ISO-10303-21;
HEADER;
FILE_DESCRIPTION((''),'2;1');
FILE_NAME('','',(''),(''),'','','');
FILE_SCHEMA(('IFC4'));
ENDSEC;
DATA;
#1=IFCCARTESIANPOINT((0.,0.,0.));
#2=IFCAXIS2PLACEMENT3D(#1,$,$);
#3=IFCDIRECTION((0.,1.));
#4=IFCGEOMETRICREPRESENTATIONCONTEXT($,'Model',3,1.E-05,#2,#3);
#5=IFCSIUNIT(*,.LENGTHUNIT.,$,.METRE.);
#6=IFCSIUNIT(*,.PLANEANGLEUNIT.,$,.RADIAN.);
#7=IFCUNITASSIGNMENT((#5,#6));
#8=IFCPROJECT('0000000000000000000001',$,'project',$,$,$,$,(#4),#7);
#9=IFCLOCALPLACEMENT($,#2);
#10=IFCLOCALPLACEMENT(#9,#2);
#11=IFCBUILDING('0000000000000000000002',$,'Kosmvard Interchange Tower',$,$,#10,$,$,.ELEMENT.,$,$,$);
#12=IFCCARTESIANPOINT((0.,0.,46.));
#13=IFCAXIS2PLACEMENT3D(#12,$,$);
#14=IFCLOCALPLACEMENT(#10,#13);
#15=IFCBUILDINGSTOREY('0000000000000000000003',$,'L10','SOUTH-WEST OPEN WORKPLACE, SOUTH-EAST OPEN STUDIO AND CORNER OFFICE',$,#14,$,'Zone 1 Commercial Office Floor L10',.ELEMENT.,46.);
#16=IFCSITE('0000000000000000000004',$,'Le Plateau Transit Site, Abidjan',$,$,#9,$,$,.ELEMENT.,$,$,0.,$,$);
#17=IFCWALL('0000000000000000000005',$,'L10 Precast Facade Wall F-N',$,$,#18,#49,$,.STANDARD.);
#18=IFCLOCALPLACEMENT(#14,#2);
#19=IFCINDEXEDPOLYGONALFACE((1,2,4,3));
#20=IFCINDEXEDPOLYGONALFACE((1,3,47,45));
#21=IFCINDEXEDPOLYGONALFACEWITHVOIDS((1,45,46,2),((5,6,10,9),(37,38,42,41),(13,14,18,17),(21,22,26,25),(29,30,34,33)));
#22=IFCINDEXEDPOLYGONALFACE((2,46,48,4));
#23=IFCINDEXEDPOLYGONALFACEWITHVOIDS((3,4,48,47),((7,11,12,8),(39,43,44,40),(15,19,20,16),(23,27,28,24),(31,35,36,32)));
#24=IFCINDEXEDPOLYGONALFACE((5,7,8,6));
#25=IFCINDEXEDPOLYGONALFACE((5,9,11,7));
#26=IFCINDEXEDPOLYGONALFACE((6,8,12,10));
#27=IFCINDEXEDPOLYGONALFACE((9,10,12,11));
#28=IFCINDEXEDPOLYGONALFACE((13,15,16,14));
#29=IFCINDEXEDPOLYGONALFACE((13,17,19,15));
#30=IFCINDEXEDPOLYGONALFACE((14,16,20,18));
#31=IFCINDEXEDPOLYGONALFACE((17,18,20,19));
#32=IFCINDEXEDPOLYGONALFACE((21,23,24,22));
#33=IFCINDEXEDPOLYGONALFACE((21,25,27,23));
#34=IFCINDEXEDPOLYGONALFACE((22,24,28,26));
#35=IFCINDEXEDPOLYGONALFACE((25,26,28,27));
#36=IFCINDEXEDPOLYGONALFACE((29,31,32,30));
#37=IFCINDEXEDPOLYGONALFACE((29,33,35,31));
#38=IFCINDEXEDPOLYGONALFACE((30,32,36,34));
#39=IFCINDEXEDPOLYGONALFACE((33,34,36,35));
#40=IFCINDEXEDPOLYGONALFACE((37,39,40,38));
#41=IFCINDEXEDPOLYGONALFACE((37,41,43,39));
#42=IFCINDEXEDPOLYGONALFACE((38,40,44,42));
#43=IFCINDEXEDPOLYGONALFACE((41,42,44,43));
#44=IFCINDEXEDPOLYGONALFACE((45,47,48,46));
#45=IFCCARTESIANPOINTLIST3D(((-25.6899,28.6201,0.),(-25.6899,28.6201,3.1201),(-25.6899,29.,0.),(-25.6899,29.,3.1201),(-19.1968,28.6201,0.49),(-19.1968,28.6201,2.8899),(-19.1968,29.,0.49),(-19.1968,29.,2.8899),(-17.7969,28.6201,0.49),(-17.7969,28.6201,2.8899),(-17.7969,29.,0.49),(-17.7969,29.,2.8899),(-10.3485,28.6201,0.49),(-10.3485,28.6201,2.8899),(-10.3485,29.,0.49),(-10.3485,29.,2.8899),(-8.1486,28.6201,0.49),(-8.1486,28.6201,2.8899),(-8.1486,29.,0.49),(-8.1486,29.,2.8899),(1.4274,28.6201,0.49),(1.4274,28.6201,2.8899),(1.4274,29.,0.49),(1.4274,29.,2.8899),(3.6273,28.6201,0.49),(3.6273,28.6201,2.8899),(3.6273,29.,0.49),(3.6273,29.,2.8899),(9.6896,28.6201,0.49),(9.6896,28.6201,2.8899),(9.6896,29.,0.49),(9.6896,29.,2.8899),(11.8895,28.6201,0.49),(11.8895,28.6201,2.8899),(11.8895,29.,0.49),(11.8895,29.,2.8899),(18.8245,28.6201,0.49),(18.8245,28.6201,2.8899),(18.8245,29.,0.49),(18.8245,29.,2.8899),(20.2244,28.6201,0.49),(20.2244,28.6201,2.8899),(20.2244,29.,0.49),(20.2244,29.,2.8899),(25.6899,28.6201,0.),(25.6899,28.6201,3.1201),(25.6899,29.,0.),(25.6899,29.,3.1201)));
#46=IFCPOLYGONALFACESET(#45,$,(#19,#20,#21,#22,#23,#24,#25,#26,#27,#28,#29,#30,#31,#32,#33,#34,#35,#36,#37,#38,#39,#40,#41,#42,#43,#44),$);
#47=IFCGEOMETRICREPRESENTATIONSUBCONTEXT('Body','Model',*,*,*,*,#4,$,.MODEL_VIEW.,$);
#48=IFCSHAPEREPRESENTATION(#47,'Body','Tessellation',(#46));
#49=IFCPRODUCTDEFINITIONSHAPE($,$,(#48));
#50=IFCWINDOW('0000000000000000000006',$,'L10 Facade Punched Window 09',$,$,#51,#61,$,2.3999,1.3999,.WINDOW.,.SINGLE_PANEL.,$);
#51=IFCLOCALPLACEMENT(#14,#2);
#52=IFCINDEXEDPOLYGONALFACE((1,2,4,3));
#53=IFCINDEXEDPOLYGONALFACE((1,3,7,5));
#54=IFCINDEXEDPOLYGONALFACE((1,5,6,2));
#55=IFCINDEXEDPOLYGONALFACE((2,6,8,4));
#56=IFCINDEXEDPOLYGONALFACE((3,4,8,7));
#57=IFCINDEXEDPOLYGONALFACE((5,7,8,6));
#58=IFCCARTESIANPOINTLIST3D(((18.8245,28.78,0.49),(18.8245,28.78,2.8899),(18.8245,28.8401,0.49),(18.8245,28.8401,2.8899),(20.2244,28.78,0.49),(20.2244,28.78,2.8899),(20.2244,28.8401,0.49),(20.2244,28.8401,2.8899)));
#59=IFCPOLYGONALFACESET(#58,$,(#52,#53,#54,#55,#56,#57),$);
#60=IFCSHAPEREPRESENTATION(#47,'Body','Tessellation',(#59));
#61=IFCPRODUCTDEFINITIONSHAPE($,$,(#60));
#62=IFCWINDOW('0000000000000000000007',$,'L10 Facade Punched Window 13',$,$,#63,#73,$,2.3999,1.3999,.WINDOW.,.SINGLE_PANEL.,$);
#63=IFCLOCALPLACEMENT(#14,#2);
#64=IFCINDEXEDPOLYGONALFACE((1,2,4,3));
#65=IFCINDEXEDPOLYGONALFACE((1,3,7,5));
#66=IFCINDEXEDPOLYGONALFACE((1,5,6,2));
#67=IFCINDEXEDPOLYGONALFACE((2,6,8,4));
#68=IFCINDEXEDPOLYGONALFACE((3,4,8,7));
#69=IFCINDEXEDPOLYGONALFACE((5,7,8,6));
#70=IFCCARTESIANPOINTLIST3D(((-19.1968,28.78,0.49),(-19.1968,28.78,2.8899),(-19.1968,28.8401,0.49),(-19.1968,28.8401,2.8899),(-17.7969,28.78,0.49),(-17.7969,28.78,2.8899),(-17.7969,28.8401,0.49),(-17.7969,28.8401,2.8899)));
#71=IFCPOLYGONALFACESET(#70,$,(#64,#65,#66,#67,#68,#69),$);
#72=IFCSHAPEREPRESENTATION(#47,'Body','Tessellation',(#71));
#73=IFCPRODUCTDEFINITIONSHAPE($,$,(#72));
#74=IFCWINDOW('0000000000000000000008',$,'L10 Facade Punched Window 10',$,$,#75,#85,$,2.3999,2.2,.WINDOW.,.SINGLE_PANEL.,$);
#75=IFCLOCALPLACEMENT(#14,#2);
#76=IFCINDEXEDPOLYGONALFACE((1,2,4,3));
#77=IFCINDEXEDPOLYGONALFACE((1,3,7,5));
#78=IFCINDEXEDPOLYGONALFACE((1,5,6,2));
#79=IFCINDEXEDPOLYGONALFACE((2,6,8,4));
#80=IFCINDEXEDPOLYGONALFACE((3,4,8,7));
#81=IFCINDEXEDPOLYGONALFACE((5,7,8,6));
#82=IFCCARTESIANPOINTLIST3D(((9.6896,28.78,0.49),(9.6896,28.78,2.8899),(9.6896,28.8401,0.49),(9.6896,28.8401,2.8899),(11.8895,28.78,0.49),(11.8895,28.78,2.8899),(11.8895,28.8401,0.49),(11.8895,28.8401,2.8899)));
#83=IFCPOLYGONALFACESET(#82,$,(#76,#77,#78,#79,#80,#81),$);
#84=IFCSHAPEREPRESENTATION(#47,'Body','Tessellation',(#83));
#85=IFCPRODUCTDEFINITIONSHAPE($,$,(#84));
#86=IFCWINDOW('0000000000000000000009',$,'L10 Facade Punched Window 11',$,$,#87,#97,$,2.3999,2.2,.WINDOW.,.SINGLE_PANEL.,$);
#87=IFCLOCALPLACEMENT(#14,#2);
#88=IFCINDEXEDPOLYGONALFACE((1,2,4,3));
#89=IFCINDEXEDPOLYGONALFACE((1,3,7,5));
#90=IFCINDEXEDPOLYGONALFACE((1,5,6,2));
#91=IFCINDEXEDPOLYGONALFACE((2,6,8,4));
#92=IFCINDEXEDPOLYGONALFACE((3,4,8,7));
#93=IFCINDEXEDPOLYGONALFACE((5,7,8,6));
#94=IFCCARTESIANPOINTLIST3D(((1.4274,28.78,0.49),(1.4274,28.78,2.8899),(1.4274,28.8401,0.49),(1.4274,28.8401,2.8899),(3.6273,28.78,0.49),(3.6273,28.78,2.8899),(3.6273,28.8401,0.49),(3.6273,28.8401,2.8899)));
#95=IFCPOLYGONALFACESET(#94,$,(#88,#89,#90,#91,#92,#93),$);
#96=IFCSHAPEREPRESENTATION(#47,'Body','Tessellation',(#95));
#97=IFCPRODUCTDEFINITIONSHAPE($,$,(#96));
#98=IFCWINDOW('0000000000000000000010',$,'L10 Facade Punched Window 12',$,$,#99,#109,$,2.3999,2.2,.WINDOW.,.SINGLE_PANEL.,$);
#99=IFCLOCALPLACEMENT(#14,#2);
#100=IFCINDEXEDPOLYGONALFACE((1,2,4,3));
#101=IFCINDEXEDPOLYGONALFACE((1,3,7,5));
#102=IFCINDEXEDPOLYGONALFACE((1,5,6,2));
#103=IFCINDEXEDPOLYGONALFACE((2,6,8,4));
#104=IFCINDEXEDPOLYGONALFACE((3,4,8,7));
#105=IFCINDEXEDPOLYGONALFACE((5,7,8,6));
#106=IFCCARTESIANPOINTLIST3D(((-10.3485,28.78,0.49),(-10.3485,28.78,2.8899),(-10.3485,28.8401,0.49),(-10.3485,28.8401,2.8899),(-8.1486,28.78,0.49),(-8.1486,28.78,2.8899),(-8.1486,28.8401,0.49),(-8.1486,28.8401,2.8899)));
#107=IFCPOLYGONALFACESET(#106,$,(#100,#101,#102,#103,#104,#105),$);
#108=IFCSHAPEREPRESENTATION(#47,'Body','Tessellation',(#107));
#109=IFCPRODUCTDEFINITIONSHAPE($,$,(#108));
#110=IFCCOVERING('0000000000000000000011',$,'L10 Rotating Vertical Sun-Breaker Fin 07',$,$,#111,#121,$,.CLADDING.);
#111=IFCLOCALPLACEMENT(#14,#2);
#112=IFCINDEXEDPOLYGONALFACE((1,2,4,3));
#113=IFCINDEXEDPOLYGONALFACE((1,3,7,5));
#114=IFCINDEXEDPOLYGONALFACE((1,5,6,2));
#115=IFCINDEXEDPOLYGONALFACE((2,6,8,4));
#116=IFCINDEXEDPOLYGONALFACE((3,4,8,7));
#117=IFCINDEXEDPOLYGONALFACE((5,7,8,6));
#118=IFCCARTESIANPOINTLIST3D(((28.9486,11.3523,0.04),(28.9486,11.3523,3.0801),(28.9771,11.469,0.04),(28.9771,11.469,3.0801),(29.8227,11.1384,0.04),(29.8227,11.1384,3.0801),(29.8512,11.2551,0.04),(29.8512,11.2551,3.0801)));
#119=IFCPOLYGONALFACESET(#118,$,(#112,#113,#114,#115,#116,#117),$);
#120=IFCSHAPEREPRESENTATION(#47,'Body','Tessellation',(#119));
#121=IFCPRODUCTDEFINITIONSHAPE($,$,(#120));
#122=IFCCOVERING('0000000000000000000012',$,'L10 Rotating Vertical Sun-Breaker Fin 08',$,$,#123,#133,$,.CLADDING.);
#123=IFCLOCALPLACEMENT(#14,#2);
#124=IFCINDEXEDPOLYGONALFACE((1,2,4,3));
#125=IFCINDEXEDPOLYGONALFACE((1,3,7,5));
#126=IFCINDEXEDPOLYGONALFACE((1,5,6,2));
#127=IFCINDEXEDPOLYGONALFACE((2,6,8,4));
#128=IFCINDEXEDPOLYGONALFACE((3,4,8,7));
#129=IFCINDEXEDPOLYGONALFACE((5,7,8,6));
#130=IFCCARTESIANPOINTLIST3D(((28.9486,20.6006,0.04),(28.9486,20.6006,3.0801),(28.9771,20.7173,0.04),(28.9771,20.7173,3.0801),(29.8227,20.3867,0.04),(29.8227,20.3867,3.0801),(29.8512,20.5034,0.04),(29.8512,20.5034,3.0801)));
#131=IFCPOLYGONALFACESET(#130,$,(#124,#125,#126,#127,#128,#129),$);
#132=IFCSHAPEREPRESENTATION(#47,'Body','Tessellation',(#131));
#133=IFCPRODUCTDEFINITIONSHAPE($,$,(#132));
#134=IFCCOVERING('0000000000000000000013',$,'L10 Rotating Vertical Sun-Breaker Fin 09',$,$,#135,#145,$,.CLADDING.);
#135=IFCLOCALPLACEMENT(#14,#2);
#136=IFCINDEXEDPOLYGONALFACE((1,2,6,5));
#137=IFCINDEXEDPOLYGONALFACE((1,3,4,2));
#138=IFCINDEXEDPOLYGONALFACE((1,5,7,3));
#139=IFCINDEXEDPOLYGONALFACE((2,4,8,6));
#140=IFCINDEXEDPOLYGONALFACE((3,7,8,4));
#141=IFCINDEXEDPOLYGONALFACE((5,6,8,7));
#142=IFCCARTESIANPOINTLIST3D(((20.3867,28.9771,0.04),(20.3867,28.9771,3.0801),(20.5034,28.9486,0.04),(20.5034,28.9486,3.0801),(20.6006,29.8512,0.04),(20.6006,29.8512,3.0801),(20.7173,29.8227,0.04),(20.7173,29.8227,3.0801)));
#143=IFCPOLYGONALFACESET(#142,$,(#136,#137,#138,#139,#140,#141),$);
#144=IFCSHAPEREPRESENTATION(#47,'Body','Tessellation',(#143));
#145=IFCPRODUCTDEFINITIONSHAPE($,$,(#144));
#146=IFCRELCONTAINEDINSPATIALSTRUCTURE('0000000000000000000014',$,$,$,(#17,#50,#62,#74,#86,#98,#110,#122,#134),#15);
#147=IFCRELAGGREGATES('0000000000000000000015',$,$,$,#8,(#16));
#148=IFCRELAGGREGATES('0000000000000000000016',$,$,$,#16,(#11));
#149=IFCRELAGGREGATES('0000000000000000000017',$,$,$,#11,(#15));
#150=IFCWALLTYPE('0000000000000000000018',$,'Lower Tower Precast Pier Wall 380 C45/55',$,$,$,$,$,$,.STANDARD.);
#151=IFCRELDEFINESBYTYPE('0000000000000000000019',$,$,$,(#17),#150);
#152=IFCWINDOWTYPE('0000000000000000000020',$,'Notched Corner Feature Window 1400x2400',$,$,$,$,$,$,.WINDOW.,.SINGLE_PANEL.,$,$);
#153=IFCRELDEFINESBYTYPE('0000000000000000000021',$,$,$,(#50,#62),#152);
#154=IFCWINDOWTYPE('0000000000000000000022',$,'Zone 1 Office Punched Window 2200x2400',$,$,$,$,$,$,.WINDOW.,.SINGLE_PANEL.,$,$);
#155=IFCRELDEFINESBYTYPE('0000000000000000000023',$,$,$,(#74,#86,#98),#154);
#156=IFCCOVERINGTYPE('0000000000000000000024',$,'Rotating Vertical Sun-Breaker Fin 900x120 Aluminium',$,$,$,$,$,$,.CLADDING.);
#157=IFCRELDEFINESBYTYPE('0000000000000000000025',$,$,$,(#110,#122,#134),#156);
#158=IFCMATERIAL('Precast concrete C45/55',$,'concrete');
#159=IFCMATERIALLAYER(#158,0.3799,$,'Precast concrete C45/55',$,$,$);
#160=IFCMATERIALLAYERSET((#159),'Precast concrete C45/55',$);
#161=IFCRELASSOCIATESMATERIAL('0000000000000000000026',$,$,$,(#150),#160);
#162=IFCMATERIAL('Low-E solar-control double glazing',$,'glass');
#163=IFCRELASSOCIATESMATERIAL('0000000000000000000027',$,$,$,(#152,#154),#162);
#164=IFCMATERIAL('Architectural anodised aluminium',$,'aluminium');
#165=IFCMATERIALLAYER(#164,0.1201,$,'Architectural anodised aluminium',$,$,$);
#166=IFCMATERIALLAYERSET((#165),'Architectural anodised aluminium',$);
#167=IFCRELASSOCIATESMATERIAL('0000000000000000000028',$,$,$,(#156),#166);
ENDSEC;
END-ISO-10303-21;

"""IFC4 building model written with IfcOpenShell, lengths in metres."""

from ifc_helpers import new_model, si_unit, direction, frame, frame_2d, origin, origin_2d, place, context, subcontext, project, spatial, rectangle, extrude, source, transform, mapped, material, layer, layer_set, type_object, element, fill, save


model = new_model("IFC4")

# Units and contexts
model_context = context("Model", 3, precision=1e-05, world=origin(), true_north=direction((0.0, 1.0)))
body_context = subcontext(model_context, "Body", "Model", "MODEL_VIEW")
ifc_project = project(units=[si_unit("LENGTHUNIT", "METRE"), si_unit("PLANEANGLEUNIT", "RADIAN")], contexts=[model_context])

# Site, building, storey
site_placement = place(None, origin())
site = spatial("IfcSite", under=ifc_project, at=site_placement, Name="Le Plateau Transit Site, Abidjan", CompositionType="ELEMENT", RefElevation=0.0)
building_placement = place(site_placement, origin())
building = spatial("IfcBuilding", under=site, at=building_placement, Name="Kosmvard Interchange Tower", CompositionType="ELEMENT")
storey_placement = place(building_placement, frame((0.0, 0.0, 46.0)))
storey = spatial("IfcBuildingStorey", under=building, at=storey_placement, Name="L10", Description="SOUTH-WEST OPEN WORKPLACE, SOUTH-EAST OPEN STUDIO AND CORNER OFFICE", LongName="Zone 1 Commercial Office Floor L10", CompositionType="ELEMENT", Elevation=46.0)

# Shared definitions
ifc_material_1 = material(Name="Precast concrete C45/55", Category="concrete")

# Shared definitions
ifc_layer_1 = layer(ifc_material_1, 0.3799, Name="Precast concrete C45/55")
ifc_layer_set_1 = layer_set([ifc_layer_1], Name="Precast concrete C45/55")
wall_type = type_object("IfcWallType", Name="Lower Tower Precast Pier Wall 380 C45/55", PredefinedType="STANDARD", material=ifc_layer_set_1)

# Wall, openings, windows
wall_1_placement = place(storey_placement, frame((25.6899, 28.8101, 0.0), z_axis=(0.0, 0.0, 1.0), x_axis=(-1.0, 0.0, 0.0)))
wall_1 = element("IfcWall", 1, at=wall_1_placement, inside=storey, type_object=wall_type, Name="L10 Precast Facade Wall F-N", PredefinedType="STANDARD", context=body_context, shape_type="SweptSolid", body=[
    extrude(rectangle(XDim=51.3799, YDim=0.3799, at=frame_2d((25.6899, 0.0))), origin(), (0.0, 0.0, 1.0), 3.1201),
])
opening_1_placement = place(wall_1_placement, frame((5.4656, 0.0, 0.49)))
opening_1 = element("IfcOpeningElement", 2, at=opening_1_placement, cuts=wall_1, PredefinedType="OPENING", context=body_context, shape_type="SweptSolid", body=[
    extrude(rectangle(XDim=1.3999, YDim=2.3999, at=frame_2d((0.7, 1.2))), frame((0.0, 0.2, 0.0), z_axis=(0.0, -1.0, 0.0), x_axis=(1.0, 0.0, 0.0)), (0.0, 0.0, 1.0), 0.3999),
])
opening_2_placement = place(wall_1_placement, frame((13.8003, 0.0, 0.49)))
opening_2 = element("IfcOpeningElement", 3, at=opening_2_placement, cuts=wall_1, PredefinedType="OPENING", context=body_context, shape_type="SweptSolid", body=[
    extrude(rectangle(XDim=2.2, YDim=2.3999, at=frame_2d((1.1001, 1.2))), frame((0.0, 0.2, 0.0), z_axis=(0.0, -1.0, 0.0), x_axis=(1.0, 0.0, 0.0)), (0.0, 0.0, 1.0), 0.3999),
])
opening_3_placement = place(wall_1_placement, frame((22.0625, 0.0, 0.49)))
opening_3 = element("IfcOpeningElement", 4, at=opening_3_placement, cuts=wall_1, PredefinedType="OPENING", context=body_context, shape_type="SweptSolid", body=[
    extrude(rectangle(XDim=2.2, YDim=2.3999, at=frame_2d((1.1001, 1.2))), frame((0.0, 0.2, 0.0), z_axis=(0.0, -1.0, 0.0), x_axis=(1.0, 0.0, 0.0)), (0.0, 0.0, 1.0), 0.3999),
])
opening_4_placement = place(wall_1_placement, frame((33.8384, 0.0, 0.49)))
opening_4 = element("IfcOpeningElement", 5, at=opening_4_placement, cuts=wall_1, PredefinedType="OPENING", context=body_context, shape_type="SweptSolid", body=[
    extrude(rectangle(XDim=2.2, YDim=2.3999, at=frame_2d((1.1001, 1.2))), frame((0.0, 0.2, 0.0), z_axis=(0.0, -1.0, 0.0), x_axis=(1.0, 0.0, 0.0)), (0.0, 0.0, 1.0), 0.3999),
])
opening_5_placement = place(wall_1_placement, frame((43.4868, 0.0, 0.49)))
opening_5 = element("IfcOpeningElement", 6, at=opening_5_placement, cuts=wall_1, PredefinedType="OPENING", context=body_context, shape_type="SweptSolid", body=[
    extrude(rectangle(XDim=1.3999, YDim=2.3999, at=frame_2d((0.7, 1.2))), frame((0.0, 0.2, 0.0), z_axis=(0.0, -1.0, 0.0), x_axis=(1.0, 0.0, 0.0)), (0.0, 0.0, 1.0), 0.3999),
])
ifc_material_2 = material(Name="Low-E solar-control double glazing", Category="glass")
window_type_1 = type_object("IfcWindowType", Name="Notched Corner Feature Window 1400x2400", PartitioningType="SINGLE_PANEL", PredefinedType="WINDOW", material=ifc_material_2)
shared_shape_1 = source(origin(), body_context, "Body", "SweptSolid", [
    extrude(rectangle(XDim=1.3999, YDim=2.3999, at=frame_2d((0.7, 1.2))), frame((0.0, 0.03, 0.0), z_axis=(0.0, -1.0, 0.0), x_axis=(1.0, 0.0, 0.0)), (0.0, 0.0, 1.0), 0.0601),
])
window_1_placement = place(opening_1_placement, origin())
window_1 = element("IfcWindow", 7, at=window_1_placement, inside=storey, type_object=window_type_1, Name="L10 Facade Punched Window 09", OverallHeight=2.3999, OverallWidth=1.3999, PartitioningType="SINGLE_PANEL", PredefinedType="WINDOW", context=body_context, shape_type="MappedRepresentation", body=[
    mapped(shared_shape_1, transform((0.0, 0.0, 0.0), scale=1.0)),
])
fill(opening_1, window_1)
window_2_placement = place(opening_5_placement, origin())
window_2 = element("IfcWindow", 8, at=window_2_placement, inside=storey, type_object=window_type_1, Name="L10 Facade Punched Window 13", OverallHeight=2.3999, OverallWidth=1.3999, PartitioningType="SINGLE_PANEL", PredefinedType="WINDOW", context=body_context, shape_type="MappedRepresentation", body=[
    mapped(shared_shape_1, transform((0.0, 0.0, 0.0), scale=1.0)),
])
fill(opening_5, window_2)
window_type_2 = type_object("IfcWindowType", Name="Zone 1 Office Punched Window 2200x2400", PartitioningType="SINGLE_PANEL", PredefinedType="WINDOW", material=ifc_material_2)
shared_shape_2 = source(origin(), body_context, "Body", "SweptSolid", [
    extrude(rectangle(XDim=2.2, YDim=2.3999, at=frame_2d((1.1001, 1.2))), frame((0.0, 0.03, 0.0), z_axis=(0.0, -1.0, 0.0), x_axis=(1.0, 0.0, 0.0)), (0.0, 0.0, 1.0), 0.0601),
])
window_3_placement = place(opening_2_placement, origin())
window_3 = element("IfcWindow", 9, at=window_3_placement, inside=storey, type_object=window_type_2, Name="L10 Facade Punched Window 10", OverallHeight=2.3999, OverallWidth=2.2, PartitioningType="SINGLE_PANEL", PredefinedType="WINDOW", context=body_context, shape_type="MappedRepresentation", body=[
    mapped(shared_shape_2, transform((0.0, 0.0, 0.0), scale=1.0)),
])
fill(opening_2, window_3)
window_4_placement = place(opening_3_placement, origin())
window_4 = element("IfcWindow", 10, at=window_4_placement, inside=storey, type_object=window_type_2, Name="L10 Facade Punched Window 11", OverallHeight=2.3999, OverallWidth=2.2, PartitioningType="SINGLE_PANEL", PredefinedType="WINDOW", context=body_context, shape_type="MappedRepresentation", body=[
    mapped(shared_shape_2, transform((0.0, 0.0, 0.0), scale=1.0)),
])
fill(opening_3, window_4)
window_5_placement = place(opening_4_placement, origin())
window_5 = element("IfcWindow", 11, at=window_5_placement, inside=storey, type_object=window_type_2, Name="L10 Facade Punched Window 12", OverallHeight=2.3999, OverallWidth=2.2, PartitioningType="SINGLE_PANEL", PredefinedType="WINDOW", context=body_context, shape_type="MappedRepresentation", body=[
    mapped(shared_shape_2, transform((0.0, 0.0, 0.0), scale=1.0)),
])
fill(opening_4, window_5)

# Coverings
ifc_material_3 = material(Name="Architectural anodised aluminium", Category="aluminium")
ifc_layer_2 = layer(ifc_material_3, 0.1201, Name="Architectural anodised aluminium")
ifc_layer_set_2 = layer_set([ifc_layer_2], Name="Architectural anodised aluminium")
covering_type = type_object("IfcCoveringType", Name="Rotating Vertical Sun-Breaker Fin 900x120 Aluminium", PredefinedType="CLADDING", material=ifc_layer_set_2)
shared_shape_3 = source(origin(), body_context, "Body", "SweptSolid", [
    extrude(rectangle(XDim=0.8999, YDim=0.1201, at=origin_2d()), origin(), (0.0, 0.0, 1.0), 3.04),
])
for number, where, z_axis, x_axis, name in (
    (12, (29.3999, 11.3037, 0.04), (0.0, 0.0, 1.0), (0.971342, -0.237686, 0.0), "L10 Rotating Vertical Sun-Breaker Fin 07"),
    (13, (29.3999, 20.552, 0.04), (0.0, 0.0, 1.0), (0.971342, -0.237686, 0.0), "L10 Rotating Vertical Sun-Breaker Fin 08"),
    (14, (20.552, 29.3999, 0.04), (0.0, 0.0, 1.0), (0.237686, 0.971342, 0.0), "L10 Rotating Vertical Sun-Breaker Fin 09"),
):
    element("IfcCovering", number, at=place(storey_placement, frame(where, z_axis=z_axis, x_axis=x_axis)), inside=storey, type_object=covering_type, Name=name, PredefinedType="CLADDING", context=body_context, shape_type="MappedRepresentation", body=[
        mapped(shared_shape_3, transform((0.0, 0.0, 0.0), scale=1.0)),
    ])

save(model, "model.ifc")
